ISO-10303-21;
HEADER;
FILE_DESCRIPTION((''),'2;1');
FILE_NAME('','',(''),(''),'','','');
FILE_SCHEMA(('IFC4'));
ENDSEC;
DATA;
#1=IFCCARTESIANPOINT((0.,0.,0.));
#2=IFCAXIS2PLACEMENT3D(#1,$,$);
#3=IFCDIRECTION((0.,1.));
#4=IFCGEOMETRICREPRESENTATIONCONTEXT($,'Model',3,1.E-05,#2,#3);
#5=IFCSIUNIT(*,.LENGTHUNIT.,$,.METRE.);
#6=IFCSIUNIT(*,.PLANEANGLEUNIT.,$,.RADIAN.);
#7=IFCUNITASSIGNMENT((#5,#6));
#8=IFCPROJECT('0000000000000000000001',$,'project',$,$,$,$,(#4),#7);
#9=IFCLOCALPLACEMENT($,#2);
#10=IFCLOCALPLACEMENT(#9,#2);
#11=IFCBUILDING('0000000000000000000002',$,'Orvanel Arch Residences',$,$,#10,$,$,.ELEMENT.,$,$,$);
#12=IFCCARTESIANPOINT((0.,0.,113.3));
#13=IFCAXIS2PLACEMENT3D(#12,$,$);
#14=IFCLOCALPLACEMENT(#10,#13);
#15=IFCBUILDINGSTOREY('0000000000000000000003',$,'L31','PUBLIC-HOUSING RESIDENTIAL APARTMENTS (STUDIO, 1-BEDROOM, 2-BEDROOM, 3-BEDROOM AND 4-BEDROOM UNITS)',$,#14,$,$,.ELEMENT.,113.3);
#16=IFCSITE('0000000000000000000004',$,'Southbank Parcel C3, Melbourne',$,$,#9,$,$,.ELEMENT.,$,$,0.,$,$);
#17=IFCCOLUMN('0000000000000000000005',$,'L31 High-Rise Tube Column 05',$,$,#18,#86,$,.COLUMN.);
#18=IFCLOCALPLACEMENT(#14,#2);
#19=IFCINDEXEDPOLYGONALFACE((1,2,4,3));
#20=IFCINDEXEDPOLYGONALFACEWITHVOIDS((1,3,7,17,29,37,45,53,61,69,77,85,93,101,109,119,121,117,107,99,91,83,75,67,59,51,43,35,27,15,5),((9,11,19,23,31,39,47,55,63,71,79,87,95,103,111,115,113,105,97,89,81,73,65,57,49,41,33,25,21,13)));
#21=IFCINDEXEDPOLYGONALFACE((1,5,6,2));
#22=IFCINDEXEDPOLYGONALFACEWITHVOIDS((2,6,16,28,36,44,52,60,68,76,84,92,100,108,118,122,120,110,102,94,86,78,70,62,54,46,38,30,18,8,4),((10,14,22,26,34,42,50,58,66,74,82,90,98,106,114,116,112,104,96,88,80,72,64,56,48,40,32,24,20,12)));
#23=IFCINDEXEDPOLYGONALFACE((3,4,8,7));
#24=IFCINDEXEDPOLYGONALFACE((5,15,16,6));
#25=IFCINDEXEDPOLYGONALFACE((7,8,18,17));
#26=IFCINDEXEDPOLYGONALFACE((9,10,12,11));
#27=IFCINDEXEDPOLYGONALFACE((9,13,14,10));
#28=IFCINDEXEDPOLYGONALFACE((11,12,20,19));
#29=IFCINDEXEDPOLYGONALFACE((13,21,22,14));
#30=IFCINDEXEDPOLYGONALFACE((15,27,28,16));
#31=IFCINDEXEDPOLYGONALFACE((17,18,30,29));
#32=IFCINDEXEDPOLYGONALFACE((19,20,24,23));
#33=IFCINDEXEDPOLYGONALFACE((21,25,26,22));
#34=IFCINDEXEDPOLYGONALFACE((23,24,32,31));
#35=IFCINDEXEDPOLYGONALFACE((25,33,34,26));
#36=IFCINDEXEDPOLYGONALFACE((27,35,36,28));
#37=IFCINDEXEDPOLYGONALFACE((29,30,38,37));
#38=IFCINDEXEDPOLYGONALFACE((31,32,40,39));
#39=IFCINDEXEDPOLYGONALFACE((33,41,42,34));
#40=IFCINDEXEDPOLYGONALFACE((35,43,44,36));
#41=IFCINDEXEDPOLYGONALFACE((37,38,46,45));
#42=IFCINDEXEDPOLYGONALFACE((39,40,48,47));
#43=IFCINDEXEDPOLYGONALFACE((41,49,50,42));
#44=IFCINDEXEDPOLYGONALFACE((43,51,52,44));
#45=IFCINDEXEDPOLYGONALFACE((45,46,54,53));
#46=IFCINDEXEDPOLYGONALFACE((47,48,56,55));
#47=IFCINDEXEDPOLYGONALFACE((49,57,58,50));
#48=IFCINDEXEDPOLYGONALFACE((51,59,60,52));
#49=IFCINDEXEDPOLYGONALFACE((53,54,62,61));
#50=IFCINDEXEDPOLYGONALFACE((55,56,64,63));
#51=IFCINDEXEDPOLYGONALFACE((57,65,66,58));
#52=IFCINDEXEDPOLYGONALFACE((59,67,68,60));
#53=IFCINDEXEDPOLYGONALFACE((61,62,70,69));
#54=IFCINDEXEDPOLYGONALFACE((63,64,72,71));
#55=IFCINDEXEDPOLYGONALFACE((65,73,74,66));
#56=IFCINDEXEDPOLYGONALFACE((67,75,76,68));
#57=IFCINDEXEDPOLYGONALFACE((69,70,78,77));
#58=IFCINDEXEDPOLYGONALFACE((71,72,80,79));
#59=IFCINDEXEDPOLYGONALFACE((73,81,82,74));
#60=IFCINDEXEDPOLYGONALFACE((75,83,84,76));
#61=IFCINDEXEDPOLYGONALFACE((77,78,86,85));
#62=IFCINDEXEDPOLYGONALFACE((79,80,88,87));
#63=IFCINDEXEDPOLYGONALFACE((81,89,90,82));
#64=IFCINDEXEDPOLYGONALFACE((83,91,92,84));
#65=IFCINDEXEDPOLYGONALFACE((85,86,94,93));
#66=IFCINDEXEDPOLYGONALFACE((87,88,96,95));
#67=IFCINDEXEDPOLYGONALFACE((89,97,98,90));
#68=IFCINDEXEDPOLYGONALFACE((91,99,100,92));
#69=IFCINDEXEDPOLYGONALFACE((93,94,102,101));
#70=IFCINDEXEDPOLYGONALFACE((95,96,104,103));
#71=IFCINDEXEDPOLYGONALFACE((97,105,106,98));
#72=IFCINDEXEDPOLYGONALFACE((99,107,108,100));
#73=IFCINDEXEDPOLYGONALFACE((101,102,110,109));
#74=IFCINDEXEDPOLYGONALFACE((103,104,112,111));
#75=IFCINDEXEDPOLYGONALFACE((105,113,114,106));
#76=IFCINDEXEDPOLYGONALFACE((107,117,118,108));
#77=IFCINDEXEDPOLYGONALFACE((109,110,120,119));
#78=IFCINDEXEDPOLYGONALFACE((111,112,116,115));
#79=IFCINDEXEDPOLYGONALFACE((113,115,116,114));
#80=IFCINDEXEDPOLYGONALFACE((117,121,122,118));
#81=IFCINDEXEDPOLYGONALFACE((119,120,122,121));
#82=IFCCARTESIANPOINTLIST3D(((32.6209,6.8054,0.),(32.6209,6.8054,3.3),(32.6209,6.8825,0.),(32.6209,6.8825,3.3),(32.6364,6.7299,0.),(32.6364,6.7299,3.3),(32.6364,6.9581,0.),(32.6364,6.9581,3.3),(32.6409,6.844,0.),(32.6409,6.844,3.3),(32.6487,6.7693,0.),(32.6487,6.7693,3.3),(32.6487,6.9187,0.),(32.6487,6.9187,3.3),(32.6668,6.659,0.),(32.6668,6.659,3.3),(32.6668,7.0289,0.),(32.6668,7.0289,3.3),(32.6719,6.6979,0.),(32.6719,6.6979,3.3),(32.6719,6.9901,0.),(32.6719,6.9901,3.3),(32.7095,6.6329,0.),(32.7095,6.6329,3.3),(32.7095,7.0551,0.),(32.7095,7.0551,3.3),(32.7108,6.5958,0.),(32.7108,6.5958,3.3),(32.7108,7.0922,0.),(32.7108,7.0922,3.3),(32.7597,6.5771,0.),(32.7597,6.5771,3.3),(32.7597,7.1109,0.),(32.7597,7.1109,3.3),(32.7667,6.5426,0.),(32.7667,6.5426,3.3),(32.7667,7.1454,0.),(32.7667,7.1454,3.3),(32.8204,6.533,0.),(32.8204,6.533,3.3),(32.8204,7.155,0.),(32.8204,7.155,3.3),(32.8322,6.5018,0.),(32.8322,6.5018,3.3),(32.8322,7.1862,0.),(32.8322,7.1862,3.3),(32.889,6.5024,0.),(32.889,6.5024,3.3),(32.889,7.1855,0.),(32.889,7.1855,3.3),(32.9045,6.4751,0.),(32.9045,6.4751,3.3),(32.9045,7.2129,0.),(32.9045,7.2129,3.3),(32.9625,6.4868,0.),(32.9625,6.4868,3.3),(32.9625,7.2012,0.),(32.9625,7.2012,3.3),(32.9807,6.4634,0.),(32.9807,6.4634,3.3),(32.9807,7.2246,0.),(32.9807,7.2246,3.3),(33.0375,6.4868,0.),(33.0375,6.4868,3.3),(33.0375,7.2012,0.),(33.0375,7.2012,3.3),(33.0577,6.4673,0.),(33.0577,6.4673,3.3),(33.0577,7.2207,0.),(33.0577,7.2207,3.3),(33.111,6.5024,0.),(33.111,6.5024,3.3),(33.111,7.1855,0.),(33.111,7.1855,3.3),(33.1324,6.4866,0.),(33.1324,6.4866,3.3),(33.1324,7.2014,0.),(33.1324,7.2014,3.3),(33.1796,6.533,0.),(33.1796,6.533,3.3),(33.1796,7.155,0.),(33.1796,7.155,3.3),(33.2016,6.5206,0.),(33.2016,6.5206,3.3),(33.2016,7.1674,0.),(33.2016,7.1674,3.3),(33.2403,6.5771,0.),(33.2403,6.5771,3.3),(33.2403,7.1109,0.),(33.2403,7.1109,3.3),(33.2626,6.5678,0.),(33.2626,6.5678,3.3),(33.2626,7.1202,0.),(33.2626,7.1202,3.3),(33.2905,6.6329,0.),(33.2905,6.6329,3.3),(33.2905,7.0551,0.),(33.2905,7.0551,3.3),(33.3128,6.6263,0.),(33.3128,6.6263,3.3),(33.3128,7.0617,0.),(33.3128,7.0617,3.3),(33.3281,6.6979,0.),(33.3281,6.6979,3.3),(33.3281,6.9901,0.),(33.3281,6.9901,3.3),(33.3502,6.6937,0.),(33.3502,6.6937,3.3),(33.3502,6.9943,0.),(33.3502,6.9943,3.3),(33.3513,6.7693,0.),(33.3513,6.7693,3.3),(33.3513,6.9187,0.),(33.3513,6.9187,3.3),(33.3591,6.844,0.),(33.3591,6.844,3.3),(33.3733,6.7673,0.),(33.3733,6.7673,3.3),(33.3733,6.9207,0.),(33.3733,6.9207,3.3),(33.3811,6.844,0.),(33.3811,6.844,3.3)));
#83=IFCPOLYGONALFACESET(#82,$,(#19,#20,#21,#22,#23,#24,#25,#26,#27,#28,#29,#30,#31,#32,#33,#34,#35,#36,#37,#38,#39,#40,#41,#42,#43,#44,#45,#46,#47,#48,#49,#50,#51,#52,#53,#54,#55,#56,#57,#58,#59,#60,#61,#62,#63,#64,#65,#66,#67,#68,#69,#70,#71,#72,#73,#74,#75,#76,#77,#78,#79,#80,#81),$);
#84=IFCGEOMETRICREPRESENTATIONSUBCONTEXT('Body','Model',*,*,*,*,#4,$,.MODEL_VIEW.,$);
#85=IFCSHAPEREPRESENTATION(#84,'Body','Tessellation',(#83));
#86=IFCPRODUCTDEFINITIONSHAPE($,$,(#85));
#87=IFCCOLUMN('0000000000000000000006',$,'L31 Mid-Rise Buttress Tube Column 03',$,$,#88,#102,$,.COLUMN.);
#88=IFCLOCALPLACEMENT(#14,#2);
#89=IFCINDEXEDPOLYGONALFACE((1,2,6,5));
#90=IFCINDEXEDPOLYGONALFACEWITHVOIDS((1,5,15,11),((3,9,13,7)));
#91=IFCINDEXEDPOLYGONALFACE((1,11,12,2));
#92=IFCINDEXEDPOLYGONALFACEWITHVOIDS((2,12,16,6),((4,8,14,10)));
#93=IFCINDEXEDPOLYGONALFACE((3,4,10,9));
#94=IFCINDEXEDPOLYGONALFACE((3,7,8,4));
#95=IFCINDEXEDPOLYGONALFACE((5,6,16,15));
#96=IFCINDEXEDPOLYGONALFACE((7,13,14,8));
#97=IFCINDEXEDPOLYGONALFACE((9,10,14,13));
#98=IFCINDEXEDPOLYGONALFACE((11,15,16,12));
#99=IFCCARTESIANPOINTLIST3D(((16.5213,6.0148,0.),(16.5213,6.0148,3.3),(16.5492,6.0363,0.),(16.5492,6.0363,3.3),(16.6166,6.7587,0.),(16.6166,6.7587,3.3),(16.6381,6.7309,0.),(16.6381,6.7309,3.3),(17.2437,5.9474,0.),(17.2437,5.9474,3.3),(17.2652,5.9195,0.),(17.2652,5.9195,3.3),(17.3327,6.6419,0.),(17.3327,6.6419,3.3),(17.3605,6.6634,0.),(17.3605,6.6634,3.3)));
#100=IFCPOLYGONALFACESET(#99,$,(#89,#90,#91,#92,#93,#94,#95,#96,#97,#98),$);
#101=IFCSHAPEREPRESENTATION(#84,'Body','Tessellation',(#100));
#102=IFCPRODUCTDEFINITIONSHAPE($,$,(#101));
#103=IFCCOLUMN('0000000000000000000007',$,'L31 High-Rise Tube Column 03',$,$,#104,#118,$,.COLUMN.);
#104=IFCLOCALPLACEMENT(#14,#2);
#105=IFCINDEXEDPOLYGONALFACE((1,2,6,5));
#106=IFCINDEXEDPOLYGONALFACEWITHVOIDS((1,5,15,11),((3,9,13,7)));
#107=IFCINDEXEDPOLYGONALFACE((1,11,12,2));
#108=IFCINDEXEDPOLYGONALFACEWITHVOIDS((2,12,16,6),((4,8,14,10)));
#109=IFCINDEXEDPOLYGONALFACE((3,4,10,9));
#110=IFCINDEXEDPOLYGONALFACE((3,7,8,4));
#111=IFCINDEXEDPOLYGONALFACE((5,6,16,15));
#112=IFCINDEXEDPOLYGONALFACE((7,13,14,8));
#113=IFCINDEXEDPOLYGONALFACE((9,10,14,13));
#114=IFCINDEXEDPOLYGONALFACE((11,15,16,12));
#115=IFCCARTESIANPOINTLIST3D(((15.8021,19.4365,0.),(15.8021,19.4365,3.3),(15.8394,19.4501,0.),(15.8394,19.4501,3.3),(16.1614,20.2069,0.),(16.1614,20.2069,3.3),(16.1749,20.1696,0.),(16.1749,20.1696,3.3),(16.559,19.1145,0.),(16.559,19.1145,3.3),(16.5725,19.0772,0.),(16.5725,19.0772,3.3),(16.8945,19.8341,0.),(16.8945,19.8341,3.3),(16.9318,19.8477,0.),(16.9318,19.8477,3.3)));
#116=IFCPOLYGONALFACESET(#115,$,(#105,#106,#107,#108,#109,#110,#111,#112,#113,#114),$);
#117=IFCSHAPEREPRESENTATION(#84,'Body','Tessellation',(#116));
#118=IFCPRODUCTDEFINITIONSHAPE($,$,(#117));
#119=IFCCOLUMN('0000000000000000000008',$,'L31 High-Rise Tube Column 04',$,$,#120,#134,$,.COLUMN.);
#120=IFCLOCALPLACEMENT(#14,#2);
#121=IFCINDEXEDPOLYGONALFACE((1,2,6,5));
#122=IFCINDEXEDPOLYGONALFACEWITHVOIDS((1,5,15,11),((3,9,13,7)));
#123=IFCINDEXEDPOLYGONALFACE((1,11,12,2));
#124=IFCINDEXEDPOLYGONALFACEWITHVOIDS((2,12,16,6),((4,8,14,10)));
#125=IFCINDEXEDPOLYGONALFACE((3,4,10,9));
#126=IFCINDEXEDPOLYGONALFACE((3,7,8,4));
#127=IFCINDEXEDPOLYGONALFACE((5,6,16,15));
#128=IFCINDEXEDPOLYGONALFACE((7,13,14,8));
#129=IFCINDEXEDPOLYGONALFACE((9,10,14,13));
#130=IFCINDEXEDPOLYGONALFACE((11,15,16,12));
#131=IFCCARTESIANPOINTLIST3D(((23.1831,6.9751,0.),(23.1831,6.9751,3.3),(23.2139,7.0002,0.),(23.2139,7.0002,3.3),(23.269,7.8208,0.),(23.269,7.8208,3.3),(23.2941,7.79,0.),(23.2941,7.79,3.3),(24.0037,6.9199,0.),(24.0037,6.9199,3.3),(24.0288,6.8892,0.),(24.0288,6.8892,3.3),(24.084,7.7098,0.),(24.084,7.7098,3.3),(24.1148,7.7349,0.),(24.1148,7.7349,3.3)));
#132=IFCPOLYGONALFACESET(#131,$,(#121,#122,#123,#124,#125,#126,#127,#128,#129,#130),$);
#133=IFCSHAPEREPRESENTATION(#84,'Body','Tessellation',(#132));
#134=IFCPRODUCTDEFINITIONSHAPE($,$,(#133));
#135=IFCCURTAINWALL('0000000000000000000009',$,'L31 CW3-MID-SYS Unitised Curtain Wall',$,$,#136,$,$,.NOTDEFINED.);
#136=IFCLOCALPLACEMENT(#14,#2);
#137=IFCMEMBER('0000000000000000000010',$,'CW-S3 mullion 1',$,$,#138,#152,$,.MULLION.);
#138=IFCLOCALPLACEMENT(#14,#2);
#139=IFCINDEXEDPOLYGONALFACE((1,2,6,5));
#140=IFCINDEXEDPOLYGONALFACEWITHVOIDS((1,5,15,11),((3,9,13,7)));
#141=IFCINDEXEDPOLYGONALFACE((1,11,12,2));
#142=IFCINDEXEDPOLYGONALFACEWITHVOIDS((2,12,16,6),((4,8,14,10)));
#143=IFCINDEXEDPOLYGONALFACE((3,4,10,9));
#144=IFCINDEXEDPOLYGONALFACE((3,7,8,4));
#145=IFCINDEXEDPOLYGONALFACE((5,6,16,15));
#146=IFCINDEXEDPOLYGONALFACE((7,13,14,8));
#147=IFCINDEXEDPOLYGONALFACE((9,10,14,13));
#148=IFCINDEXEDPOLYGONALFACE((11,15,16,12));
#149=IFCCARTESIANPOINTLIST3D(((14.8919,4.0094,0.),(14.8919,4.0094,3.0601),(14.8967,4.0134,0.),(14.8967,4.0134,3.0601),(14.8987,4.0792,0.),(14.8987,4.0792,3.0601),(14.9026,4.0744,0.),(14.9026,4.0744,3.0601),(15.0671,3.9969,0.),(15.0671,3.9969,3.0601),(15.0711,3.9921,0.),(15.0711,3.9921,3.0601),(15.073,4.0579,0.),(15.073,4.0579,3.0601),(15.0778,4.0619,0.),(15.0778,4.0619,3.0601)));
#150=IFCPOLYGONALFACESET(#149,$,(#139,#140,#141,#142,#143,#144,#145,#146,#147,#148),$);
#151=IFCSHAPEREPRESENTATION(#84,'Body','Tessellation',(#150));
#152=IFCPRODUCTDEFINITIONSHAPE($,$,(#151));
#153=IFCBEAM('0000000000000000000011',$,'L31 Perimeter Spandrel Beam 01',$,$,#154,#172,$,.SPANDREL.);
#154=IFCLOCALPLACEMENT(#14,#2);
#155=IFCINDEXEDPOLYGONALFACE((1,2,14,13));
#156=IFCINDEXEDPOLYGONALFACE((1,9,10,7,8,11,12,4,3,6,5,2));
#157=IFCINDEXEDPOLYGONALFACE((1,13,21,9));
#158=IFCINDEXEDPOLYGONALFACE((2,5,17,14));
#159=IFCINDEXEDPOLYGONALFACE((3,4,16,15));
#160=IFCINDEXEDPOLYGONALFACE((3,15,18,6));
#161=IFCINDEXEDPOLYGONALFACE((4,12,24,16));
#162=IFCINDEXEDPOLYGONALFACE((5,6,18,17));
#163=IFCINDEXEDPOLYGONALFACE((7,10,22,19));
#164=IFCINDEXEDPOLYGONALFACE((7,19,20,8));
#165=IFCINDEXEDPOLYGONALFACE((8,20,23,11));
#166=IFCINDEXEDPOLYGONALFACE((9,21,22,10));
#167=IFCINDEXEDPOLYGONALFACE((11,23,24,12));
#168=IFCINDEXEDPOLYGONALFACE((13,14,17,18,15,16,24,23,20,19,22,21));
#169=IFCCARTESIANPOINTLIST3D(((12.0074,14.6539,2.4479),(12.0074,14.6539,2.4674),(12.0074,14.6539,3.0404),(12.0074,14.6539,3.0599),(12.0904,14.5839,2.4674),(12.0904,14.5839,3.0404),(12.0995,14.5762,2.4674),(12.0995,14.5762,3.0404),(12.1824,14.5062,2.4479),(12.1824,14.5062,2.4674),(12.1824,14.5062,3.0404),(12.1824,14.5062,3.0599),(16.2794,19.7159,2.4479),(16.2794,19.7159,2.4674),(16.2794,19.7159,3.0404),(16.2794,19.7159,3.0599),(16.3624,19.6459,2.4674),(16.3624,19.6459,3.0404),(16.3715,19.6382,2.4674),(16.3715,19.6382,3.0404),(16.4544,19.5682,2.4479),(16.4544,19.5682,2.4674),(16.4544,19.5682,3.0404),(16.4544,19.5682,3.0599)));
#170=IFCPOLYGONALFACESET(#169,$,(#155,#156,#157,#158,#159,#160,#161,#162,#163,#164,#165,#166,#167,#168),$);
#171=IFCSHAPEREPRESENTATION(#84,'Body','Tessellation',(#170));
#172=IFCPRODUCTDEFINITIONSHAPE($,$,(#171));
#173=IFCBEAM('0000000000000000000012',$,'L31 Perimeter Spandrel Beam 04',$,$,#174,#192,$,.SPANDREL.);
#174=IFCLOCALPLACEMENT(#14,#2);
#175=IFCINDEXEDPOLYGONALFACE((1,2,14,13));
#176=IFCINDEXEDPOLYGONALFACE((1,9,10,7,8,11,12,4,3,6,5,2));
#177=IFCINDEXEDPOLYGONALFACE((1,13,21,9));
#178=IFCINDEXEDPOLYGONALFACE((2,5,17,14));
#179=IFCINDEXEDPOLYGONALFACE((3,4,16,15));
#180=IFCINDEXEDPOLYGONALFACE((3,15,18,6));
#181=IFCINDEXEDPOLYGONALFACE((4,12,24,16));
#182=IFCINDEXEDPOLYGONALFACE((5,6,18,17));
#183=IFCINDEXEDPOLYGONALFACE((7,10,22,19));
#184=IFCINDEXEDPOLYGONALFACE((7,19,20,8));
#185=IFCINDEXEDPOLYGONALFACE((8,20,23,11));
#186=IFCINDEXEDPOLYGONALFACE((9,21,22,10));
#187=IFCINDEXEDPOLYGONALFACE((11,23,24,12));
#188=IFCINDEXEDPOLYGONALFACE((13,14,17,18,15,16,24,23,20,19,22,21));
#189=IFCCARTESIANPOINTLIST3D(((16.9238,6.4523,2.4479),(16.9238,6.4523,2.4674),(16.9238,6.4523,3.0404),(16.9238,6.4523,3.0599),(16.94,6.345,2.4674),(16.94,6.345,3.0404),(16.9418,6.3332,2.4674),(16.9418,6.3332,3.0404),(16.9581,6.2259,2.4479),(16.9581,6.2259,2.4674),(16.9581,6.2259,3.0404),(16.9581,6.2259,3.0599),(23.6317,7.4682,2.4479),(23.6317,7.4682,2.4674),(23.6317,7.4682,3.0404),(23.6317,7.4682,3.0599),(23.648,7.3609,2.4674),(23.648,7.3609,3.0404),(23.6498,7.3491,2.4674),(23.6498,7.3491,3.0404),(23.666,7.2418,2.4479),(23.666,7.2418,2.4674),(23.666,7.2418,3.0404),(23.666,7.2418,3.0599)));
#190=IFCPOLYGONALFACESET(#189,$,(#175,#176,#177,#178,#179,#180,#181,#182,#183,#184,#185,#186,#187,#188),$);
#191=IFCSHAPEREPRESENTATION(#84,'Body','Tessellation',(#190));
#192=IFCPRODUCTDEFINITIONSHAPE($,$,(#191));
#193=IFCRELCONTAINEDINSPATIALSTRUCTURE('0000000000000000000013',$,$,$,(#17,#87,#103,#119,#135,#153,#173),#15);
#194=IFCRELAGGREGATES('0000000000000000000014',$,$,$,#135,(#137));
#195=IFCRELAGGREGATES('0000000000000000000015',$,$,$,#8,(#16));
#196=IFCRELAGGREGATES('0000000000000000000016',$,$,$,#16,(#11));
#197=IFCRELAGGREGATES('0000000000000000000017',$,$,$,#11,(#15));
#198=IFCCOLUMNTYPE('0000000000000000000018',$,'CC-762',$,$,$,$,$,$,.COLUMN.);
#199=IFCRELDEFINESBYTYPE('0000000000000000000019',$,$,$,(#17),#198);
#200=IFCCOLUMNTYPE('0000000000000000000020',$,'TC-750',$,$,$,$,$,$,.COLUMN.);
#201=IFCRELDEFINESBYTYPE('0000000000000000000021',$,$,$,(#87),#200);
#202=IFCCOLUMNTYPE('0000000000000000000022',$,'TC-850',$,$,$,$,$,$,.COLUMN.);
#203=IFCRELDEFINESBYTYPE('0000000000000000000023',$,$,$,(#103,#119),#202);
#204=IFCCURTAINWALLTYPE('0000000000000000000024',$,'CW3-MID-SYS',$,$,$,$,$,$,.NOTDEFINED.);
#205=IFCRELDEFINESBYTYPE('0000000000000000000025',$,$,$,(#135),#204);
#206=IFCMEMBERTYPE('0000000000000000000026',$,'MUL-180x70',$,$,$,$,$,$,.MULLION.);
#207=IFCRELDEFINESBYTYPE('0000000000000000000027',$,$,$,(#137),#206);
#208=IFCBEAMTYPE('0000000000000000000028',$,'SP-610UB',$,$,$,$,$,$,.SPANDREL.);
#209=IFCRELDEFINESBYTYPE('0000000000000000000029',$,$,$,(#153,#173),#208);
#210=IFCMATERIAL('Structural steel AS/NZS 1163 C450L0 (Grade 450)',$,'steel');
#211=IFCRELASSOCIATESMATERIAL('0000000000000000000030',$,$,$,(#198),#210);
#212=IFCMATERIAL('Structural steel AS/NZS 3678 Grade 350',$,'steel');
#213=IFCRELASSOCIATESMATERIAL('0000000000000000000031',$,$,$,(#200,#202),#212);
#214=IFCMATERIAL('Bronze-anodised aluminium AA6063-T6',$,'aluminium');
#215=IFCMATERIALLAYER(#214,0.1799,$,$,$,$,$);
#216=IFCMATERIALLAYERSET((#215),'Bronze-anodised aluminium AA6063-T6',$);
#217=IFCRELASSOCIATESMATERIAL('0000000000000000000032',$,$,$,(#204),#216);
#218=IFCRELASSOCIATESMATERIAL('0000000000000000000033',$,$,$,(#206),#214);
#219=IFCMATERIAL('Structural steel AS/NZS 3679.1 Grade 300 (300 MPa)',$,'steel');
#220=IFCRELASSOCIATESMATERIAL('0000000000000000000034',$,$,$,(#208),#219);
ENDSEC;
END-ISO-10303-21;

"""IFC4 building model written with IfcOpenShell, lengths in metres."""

from ifc_helpers import new_model, si_unit, direction, frame, origin, origin_2d, place, context, subcontext, project, spatial, hollow_rectangle, hollow_circle, i_section, extrude, material, layer, layer_set, material_profile, profile_set, type_object, element, aggregate, save


model = new_model("IFC4")

# Units and contexts
model_context = context("Model", 3, precision=1e-05, world=origin(), true_north=direction((0.0, 1.0)))
body_context = subcontext(model_context, "Body", "Model", "MODEL_VIEW")
ifc_project = project(units=[si_unit("LENGTHUNIT", "METRE"), si_unit("PLANEANGLEUNIT", "RADIAN")], contexts=[model_context])

# Site, building, storey
site_placement = place(None, origin())
site = spatial("IfcSite", under=ifc_project, at=site_placement, Name="Southbank Parcel C3, Melbourne", CompositionType="ELEMENT", RefElevation=0.0)
building_placement = place(site_placement, origin())
building = spatial("IfcBuilding", under=site, at=building_placement, Name="Orvanel Arch Residences", CompositionType="ELEMENT")
storey_placement = place(building_placement, frame((0.0, 0.0, 113.3)))
storey = spatial("IfcBuildingStorey", under=building, at=storey_placement, Name="L31", Description="PUBLIC-HOUSING RESIDENTIAL APARTMENTS (STUDIO, 1-BEDROOM, 2-BEDROOM, 3-BEDROOM AND 4-BEDROOM UNITS)", CompositionType="ELEMENT", Elevation=113.3)

# Columns
ifc_material_1 = material(Name="Structural steel AS/NZS 1163 C450L0 (Grade 450)", Category="steel")
ifc_material_profile_1 = material_profile(ifc_material_1, hollow_circle(Radius=0.3811, WallThickness=0.022, at=origin_2d()), Name="CHS762x22")
ifc_profile_set_1 = profile_set([ifc_material_profile_1], Name="Structural steel AS/NZS 1163 C450L0 (Grade 450)")
column_type_1 = type_object("IfcColumnType", Name="CC-762", PredefinedType="COLUMN", material=ifc_profile_set_1)
column_1_placement = place(storey_placement, frame((33.0, 6.844, 0.0), z_axis=(0.0, 0.0, 1.0), x_axis=(1.0, 0.0, 0.0)))
element("IfcColumn", 1, at=column_1_placement, inside=storey, type_object=column_type_1, Name="L31 High-Rise Tube Column 05", PredefinedType="COLUMN", context=body_context, shape_type="SweptSolid", body=[
    extrude(hollow_circle(Radius=0.3811, WallThickness=0.022, at=origin_2d()), origin(), (0.0, 0.0, 1.0), 3.3),
])
ifc_material_2 = material(Name="Structural steel AS/NZS 3678 Grade 350", Category="steel")
ifc_material_profile_2 = material_profile(ifc_material_2, hollow_rectangle(XDim=0.75, YDim=0.75, WallThickness=0.0249, at=origin_2d()), Name="BOX750x750x25")
ifc_profile_set_2 = profile_set([ifc_material_profile_2], Name="Structural steel AS/NZS 3678 Grade 350")
column_type_2 = type_object("IfcColumnType", Name="TC-750", PredefinedType="COLUMN", material=ifc_profile_set_2)
column_2_placement = place(storey_placement, frame((16.9409, 6.3391, 0.0), z_axis=(0.0, 0.0, 1.0), x_axis=(-0.991894, 0.127065, 0.0)))
element("IfcColumn", 2, at=column_2_placement, inside=storey, type_object=column_type_2, Name="L31 Mid-Rise Buttress Tube Column 03", PredefinedType="COLUMN", context=body_context, shape_type="SweptSolid", body=[
    extrude(hollow_rectangle(XDim=0.75, YDim=0.75, WallThickness=0.0249, at=origin_2d()), origin(), (0.0, 0.0, 1.0), 3.3),
])
ifc_material_profile_3 = material_profile(ifc_material_2, hollow_rectangle(XDim=0.8501, YDim=0.8501, WallThickness=0.0281, at=origin_2d()), Name="BOX850x850x28")
ifc_profile_set_3 = profile_set([ifc_material_profile_3], Name="Structural steel AS/NZS 3678 Grade 350")
column_type_3 = type_object("IfcColumnType", Name="TC-850", PredefinedType="COLUMN", material=ifc_profile_set_3)
for number, where, z_axis, x_axis, name in (
    (3, (16.3669, 19.6421, 0.0), (0.0, 0.0, 1.0), (0.422618, 0.906308, 0.0), "L31 High-Rise Tube Column 03"),
    (4, (23.6489, 7.355, 0.0), (0.0, 0.0, 1.0), (-0.994881, 0.101056, 0.0), "L31 High-Rise Tube Column 04"),
):
    element("IfcColumn", number, at=place(storey_placement, frame(where, z_axis=z_axis, x_axis=x_axis)), inside=storey, type_object=column_type_3, Name=name, PredefinedType="COLUMN", context=body_context, shape_type="SweptSolid", body=[
        extrude(hollow_rectangle(XDim=0.8501, YDim=0.8501, WallThickness=0.0281, at=origin_2d()), origin(), (0.0, 0.0, 1.0), 3.3),
    ])

# Curtain wall, member
ifc_material_3 = material(Name="Bronze-anodised aluminium AA6063-T6", Category="aluminium")
ifc_layer_1 = layer(ifc_material_3, 0.1799)
ifc_layer_set_1 = layer_set([ifc_layer_1], Name="Bronze-anodised aluminium AA6063-T6")
curtain_wall_type = type_object("IfcCurtainWallType", Name="CW3-MID-SYS", PredefinedType="NOTDEFINED", material=ifc_layer_set_1)
curtain_wall_placement = place(storey_placement, origin())
curtain_wall = element("IfcCurtainWall", 5, at=curtain_wall_placement, inside=storey, type_object=curtain_wall_type, Name="L31 CW3-MID-SYS Unitised Curtain Wall", PredefinedType="NOTDEFINED")
ifc_material_profile_4 = material_profile(ifc_material_3, hollow_rectangle(XDim=0.0701, YDim=0.1799, WallThickness=0.0044, at=origin_2d()), Name="ALU180x70x4.5")
ifc_profile_set_4 = profile_set([ifc_material_profile_4], Name="Bronze-anodised aluminium AA6063-T6")
member_type_1 = type_object("IfcMemberType", Name="MUL-180x70", PredefinedType="MULLION", material=ifc_profile_set_4)
member_1_placement = place(storey_placement, frame((14.9849, 4.0356, 0.0), z_axis=(0.0, 0.0, 1.0), x_axis=(0.095998, 0.995381, 0.0)))
member_1 = element("IfcMember", 6, at=member_1_placement, type_object=member_type_1, Name="CW-S3 mullion 1", PredefinedType="MULLION", context=body_context, shape_type="SweptSolid", body=[
    extrude(hollow_rectangle(XDim=0.0701, YDim=0.1799, WallThickness=0.0044, at=origin_2d()), origin(), (0.0, 0.0, 1.0), 3.0601),
])

# Beams
ifc_material_4 = material(Name="Structural steel AS/NZS 3679.1 Grade 300 (300 MPa)", Category="steel")
ifc_material_profile_5 = material_profile(ifc_material_4, i_section(OverallWidth=0.229, OverallDepth=0.6121, WebThickness=0.012, FlangeThickness=0.0195, at=origin_2d()), Name="610UB125")
ifc_profile_set_5 = profile_set([ifc_material_profile_5], Name="Structural steel AS/NZS 3679.1 Grade 300 (300 MPa)")
beam_type = type_object("IfcBeamType", Name="SP-610UB", PredefinedType="SPANDREL", material=ifc_profile_set_5)
beam_1_placement = place(storey_placement, frame((16.3669, 19.6421, 2.7539), z_axis=(-0.64495, -0.764224, 0.0), x_axis=(0.764224, -0.64495, 0.0)))
element("IfcBeam", 7, at=beam_1_placement, inside=storey, type_object=beam_type, Name="L31 Perimeter Spandrel Beam 01", PredefinedType="SPANDREL", context=body_context, shape_type="SweptSolid", body=[
    extrude(i_section(OverallWidth=0.229, OverallDepth=0.6121, WebThickness=0.012, FlangeThickness=0.0195, at=origin_2d()), origin(), (0.0, 0.0, 1.0), 6.6238),
])
beam_2_placement = place(storey_placement, frame((16.9409, 6.3391, 2.7539), z_axis=(0.988726, 0.149734, 0.0), x_axis=(-0.149734, 0.988726, 0.0)))
element("IfcBeam", 8, at=beam_2_placement, inside=storey, type_object=beam_type, Name="L31 Perimeter Spandrel Beam 04", PredefinedType="SPANDREL", context=body_context, shape_type="SweptSolid", body=[
    extrude(i_section(OverallWidth=0.229, OverallDepth=0.6121, WebThickness=0.012, FlangeThickness=0.0195, at=origin_2d()), origin(), (0.0, 0.0, 1.0), 6.7844),
])

aggregate(curtain_wall, [member_1])

save(model, "model.ifc")
